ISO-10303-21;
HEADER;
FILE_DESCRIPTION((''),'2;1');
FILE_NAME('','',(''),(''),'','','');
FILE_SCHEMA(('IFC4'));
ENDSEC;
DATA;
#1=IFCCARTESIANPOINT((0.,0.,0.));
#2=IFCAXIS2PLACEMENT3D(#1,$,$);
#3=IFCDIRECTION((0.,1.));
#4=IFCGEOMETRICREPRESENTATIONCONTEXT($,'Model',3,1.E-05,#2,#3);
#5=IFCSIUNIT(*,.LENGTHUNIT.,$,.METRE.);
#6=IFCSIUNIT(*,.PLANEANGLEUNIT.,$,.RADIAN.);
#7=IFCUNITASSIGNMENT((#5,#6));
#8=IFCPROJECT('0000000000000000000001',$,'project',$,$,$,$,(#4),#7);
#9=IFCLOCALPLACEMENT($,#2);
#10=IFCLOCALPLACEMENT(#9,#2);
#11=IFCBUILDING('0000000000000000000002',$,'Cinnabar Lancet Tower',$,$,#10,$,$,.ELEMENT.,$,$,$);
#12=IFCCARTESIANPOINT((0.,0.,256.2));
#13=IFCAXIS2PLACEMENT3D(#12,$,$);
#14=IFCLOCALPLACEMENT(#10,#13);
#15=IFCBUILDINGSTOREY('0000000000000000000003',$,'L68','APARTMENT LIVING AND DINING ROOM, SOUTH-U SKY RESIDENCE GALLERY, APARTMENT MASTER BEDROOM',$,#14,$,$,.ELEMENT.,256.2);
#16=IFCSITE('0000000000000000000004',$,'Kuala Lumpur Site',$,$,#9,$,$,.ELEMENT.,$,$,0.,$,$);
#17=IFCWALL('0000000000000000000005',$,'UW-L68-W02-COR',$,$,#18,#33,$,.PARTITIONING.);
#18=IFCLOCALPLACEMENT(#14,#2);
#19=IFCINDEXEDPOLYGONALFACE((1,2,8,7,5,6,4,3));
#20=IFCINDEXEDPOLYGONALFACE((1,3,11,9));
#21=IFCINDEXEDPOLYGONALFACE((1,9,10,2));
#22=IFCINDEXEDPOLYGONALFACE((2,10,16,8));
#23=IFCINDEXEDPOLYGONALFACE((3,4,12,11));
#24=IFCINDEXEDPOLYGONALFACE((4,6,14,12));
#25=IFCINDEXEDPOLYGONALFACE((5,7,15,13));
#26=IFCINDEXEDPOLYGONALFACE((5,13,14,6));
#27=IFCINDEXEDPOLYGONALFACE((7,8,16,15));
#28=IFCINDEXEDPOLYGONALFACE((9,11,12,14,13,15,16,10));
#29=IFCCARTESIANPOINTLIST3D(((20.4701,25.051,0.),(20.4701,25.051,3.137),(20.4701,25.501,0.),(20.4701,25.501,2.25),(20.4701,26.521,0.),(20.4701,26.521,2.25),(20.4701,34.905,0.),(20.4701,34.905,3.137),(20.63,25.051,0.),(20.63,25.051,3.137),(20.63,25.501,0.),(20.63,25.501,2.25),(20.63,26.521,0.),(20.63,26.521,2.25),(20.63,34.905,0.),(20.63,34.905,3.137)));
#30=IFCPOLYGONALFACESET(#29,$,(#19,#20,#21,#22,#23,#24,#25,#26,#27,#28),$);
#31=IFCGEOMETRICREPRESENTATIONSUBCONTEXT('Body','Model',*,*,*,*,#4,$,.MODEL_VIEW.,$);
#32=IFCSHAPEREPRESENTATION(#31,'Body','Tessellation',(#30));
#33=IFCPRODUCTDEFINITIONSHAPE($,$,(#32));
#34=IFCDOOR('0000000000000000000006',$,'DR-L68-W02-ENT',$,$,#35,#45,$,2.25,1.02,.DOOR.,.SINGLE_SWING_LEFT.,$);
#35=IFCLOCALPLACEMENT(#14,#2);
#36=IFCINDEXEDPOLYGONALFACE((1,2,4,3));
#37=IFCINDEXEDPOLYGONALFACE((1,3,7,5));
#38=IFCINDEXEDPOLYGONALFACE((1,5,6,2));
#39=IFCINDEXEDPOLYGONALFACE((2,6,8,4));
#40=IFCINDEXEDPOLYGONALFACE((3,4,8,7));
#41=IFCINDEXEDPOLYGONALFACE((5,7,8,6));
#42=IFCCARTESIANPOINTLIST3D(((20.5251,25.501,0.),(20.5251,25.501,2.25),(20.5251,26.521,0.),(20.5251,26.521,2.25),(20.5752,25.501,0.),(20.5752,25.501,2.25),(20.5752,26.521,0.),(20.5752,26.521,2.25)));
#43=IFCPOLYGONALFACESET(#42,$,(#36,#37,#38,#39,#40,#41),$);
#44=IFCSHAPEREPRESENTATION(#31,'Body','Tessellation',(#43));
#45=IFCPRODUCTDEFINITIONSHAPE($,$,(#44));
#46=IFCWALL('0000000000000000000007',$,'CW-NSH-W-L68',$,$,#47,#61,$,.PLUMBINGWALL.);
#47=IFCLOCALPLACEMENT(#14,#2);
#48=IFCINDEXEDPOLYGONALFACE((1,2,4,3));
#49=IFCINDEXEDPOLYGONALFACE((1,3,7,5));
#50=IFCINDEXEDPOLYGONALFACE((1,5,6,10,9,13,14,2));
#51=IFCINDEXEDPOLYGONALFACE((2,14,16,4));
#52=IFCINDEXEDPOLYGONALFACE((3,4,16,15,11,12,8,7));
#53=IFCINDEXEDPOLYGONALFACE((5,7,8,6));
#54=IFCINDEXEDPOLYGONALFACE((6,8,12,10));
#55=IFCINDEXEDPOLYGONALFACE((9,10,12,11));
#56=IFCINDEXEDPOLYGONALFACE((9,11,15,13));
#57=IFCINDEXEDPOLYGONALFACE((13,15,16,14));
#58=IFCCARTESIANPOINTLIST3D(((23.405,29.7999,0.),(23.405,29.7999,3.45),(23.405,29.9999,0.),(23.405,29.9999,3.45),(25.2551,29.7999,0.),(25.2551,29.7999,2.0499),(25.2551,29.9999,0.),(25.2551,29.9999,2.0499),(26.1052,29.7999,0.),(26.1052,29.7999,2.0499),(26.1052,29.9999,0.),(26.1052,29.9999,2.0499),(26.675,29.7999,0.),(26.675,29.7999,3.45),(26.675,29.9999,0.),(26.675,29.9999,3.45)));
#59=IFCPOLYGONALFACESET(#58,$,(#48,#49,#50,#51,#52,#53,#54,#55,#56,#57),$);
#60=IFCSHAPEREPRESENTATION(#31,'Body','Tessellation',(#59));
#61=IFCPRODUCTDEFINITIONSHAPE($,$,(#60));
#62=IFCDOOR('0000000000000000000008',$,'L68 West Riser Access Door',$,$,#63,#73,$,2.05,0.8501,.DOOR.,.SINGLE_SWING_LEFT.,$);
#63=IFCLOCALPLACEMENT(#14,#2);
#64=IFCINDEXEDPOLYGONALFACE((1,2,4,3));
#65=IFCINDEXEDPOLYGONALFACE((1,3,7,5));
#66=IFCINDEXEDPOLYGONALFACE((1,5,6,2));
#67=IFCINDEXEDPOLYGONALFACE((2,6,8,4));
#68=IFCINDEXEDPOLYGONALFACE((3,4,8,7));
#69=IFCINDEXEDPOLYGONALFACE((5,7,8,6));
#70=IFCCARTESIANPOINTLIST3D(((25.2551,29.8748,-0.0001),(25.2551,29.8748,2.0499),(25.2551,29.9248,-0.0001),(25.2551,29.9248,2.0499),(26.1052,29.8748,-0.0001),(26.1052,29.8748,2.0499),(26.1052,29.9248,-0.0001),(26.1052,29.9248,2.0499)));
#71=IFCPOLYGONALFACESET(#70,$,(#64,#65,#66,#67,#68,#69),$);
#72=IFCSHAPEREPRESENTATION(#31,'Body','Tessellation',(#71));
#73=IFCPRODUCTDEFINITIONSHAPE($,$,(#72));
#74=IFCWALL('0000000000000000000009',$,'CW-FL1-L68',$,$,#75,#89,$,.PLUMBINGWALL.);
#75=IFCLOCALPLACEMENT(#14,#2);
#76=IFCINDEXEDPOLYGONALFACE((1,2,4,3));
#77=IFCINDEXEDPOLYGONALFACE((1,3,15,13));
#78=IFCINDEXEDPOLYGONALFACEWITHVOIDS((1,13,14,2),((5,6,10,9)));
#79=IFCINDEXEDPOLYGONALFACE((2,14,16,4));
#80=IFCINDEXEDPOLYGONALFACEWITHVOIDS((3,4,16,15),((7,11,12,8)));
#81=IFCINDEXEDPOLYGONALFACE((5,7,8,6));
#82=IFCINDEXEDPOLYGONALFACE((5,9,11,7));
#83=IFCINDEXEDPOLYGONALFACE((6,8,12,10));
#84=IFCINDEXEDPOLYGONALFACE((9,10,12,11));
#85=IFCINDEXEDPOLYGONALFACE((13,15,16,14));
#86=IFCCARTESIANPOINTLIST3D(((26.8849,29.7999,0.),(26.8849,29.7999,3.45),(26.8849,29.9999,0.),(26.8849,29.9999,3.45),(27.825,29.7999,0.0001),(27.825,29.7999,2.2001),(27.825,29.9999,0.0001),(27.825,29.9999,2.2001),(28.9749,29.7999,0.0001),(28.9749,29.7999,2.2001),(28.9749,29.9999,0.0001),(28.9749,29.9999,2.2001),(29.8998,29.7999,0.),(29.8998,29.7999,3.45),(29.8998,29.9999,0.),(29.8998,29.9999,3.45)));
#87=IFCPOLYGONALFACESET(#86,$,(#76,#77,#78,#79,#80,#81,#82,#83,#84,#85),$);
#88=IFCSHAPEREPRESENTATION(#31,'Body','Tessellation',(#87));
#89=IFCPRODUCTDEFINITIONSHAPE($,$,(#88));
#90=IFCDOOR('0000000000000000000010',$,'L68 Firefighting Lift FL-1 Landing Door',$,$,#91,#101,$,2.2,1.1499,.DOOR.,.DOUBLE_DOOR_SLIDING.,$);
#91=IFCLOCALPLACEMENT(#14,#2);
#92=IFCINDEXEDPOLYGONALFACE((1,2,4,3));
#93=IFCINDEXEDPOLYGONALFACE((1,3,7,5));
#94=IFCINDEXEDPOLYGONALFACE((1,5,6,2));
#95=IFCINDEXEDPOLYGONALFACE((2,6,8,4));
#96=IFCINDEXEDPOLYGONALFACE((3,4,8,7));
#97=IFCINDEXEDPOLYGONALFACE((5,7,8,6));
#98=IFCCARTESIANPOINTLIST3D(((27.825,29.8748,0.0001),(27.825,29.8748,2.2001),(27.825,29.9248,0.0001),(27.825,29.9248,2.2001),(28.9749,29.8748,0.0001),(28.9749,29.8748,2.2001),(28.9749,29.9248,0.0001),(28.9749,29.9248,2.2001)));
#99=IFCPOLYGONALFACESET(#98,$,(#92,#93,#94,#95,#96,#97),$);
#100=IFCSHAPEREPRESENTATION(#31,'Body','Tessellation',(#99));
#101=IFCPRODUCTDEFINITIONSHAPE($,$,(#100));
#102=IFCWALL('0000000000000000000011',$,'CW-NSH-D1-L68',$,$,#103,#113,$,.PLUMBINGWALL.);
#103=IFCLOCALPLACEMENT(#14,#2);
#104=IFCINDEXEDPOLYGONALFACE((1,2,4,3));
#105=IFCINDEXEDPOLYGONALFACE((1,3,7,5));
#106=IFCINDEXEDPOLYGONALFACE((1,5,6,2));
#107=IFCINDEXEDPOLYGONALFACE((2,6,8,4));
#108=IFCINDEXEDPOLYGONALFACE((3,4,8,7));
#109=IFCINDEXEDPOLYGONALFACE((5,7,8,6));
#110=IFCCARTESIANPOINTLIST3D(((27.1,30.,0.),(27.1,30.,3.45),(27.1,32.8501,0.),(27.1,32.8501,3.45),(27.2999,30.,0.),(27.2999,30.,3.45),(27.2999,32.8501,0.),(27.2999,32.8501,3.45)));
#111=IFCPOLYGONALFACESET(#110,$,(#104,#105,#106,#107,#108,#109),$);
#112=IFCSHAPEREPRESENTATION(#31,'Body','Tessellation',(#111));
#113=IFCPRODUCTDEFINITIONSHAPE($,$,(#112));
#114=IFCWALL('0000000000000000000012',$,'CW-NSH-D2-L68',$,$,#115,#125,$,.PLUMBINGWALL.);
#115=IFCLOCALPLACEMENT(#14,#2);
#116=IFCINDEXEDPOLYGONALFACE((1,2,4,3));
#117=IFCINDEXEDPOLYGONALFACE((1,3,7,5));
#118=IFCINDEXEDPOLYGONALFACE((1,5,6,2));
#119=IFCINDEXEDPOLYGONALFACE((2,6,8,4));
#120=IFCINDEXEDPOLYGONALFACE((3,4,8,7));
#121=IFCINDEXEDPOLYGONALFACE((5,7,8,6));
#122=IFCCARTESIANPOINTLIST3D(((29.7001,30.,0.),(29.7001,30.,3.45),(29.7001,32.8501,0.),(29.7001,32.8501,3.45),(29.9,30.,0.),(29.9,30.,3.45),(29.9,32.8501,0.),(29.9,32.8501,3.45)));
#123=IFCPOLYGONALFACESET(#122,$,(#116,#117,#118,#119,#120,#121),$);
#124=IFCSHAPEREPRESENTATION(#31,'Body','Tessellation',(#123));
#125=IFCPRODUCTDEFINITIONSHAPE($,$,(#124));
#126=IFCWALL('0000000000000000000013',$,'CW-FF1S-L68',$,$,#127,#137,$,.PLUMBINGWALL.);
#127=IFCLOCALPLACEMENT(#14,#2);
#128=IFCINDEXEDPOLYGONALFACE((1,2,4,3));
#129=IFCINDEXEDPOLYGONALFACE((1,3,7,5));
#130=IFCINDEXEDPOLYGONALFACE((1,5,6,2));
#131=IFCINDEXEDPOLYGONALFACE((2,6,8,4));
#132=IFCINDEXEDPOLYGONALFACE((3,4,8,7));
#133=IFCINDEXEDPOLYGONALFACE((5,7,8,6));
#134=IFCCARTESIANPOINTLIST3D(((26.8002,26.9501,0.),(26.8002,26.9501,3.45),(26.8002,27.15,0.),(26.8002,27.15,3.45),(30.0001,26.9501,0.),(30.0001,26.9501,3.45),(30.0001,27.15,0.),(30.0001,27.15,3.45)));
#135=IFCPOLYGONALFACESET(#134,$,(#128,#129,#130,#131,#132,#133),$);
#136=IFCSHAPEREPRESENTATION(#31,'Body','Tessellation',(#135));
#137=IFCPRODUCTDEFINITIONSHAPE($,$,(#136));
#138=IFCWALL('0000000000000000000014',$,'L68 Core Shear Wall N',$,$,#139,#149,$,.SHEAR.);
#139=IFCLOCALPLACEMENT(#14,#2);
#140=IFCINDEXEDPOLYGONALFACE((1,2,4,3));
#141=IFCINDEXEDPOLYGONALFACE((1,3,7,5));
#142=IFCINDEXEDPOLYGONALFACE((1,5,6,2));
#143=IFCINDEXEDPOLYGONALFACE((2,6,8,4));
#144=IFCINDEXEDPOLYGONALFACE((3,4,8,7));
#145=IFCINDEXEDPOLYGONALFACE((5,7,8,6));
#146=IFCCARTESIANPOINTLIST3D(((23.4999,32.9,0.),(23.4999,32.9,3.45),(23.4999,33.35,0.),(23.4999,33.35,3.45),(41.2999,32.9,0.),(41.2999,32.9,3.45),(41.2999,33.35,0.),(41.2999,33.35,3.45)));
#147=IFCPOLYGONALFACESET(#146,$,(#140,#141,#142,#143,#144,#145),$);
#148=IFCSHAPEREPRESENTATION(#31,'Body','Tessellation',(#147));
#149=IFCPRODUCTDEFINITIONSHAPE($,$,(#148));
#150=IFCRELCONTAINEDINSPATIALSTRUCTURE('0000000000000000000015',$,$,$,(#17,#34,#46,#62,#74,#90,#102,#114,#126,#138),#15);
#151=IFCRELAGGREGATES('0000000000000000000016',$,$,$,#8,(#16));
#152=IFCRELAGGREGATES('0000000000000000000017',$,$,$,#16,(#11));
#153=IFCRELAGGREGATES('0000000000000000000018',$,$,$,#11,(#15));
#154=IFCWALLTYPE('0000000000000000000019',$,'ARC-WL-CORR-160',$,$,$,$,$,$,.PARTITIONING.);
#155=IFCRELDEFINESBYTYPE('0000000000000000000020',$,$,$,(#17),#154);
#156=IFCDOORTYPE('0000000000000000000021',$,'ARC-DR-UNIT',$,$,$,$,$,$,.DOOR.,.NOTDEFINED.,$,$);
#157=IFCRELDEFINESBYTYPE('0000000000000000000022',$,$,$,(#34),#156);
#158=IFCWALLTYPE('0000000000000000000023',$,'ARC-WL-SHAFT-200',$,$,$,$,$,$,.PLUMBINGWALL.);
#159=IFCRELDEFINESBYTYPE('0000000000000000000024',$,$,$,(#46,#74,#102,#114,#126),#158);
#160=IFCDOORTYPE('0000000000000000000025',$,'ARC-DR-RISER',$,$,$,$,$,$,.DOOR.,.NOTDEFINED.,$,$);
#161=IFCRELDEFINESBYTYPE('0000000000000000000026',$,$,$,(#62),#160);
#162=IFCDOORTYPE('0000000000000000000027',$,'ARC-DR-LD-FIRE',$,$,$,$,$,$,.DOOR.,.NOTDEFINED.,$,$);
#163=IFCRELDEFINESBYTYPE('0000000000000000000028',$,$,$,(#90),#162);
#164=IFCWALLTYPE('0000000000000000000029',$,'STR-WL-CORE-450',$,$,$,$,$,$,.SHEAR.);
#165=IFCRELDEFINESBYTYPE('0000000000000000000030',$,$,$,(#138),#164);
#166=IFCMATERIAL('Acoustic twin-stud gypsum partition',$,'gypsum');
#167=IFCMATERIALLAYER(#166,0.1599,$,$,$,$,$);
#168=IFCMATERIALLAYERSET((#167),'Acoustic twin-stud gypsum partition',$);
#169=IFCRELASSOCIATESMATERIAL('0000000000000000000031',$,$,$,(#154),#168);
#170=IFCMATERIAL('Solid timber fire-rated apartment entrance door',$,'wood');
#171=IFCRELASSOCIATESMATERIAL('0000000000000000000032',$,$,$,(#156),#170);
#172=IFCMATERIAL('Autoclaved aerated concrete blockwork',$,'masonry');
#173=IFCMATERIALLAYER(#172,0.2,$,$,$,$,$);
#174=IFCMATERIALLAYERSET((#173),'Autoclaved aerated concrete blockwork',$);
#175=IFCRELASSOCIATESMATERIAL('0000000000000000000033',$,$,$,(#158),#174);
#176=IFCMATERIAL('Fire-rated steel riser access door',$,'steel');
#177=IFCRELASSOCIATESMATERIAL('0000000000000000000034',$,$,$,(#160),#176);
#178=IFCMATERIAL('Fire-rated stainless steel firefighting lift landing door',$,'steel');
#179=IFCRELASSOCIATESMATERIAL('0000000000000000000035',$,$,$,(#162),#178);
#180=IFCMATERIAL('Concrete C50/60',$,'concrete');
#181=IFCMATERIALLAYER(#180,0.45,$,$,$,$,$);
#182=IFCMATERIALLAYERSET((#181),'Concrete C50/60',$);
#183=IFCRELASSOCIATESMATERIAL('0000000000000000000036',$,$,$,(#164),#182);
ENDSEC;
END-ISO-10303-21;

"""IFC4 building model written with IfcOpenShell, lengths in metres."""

from ifc_helpers import new_model, si_unit, direction, frame, frame_2d, origin, place, context, subcontext, project, spatial, rectangle, extrude, material, layer, layer_set, type_object, element, fill, save


model = new_model("IFC4")

# Units and contexts
model_context = context("Model", 3, precision=1e-05, world=origin(), true_north=direction((0.0, 1.0)))
body_context = subcontext(model_context, "Body", "Model", "MODEL_VIEW")
ifc_project = project(units=[si_unit("LENGTHUNIT", "METRE"), si_unit("PLANEANGLEUNIT", "RADIAN")], contexts=[model_context])

# Site, building, storey
site_placement = place(None, origin())
site = spatial("IfcSite", under=ifc_project, at=site_placement, Name="Kuala Lumpur Site", CompositionType="ELEMENT", RefElevation=0.0)
building_placement = place(site_placement, origin())
building = spatial("IfcBuilding", under=site, at=building_placement, Name="Cinnabar Lancet Tower", CompositionType="ELEMENT")
storey_placement = place(building_placement, frame((0.0, 0.0, 256.2)))
storey = spatial("IfcBuildingStorey", under=building, at=storey_placement, Name="L68", Description="APARTMENT LIVING AND DINING ROOM, SOUTH-U SKY RESIDENCE GALLERY, APARTMENT MASTER BEDROOM", CompositionType="ELEMENT", Elevation=256.2)

# Shared definitions
ifc_material_1 = material(Name="Acoustic twin-stud gypsum partition", Category="gypsum")
ifc_layer_1 = layer(ifc_material_1, 0.1599)
ifc_layer_set_1 = layer_set([ifc_layer_1], Name="Acoustic twin-stud gypsum partition")
wall_type_1 = type_object("IfcWallType", Name="ARC-WL-CORR-160", PredefinedType="PARTITIONING", material=ifc_layer_set_1)

# Walls, openings, doors
wall_1_placement = place(storey_placement, frame((20.55, 25.051, 0.0), z_axis=(0.0, 0.0, 1.0), x_axis=(0.0, 1.0, 0.0)))
wall_1 = element("IfcWall", 1, at=wall_1_placement, inside=storey, type_object=wall_type_1, Name="UW-L68-W02-COR", PredefinedType="PARTITIONING", context=body_context, shape_type="SweptSolid", body=[
    extrude(rectangle(XDim=9.854, YDim=0.1599, at=frame_2d((4.927, 0.0))), origin(), (0.0, 0.0, 1.0), 3.137),
])
opening_1_placement = place(wall_1_placement, frame((0.45, 0.0, 0.0)))
opening_1 = element("IfcOpeningElement", 2, at=opening_1_placement, cuts=wall_1, PredefinedType="OPENING", context=body_context, shape_type="SweptSolid", body=[
    extrude(rectangle(XDim=1.02, YDim=2.25, at=frame_2d((0.51, 1.125))), frame((0.0, 0.0898, 0.0), z_axis=(0.0, -1.0, 0.0), x_axis=(1.0, 0.0, 0.0)), (0.0, 0.0, 1.0), 0.1799),
])
ifc_material_2 = material(Name="Solid timber fire-rated apartment entrance door", Category="wood")
door_type_1 = type_object("IfcDoorType", Name="ARC-DR-UNIT", OperationType="NOTDEFINED", PredefinedType="DOOR", material=ifc_material_2)
door_1_placement = place(opening_1_placement, origin())
door_1 = element("IfcDoor", 3, at=door_1_placement, inside=storey, type_object=door_type_1, Name="DR-L68-W02-ENT", OperationType="SINGLE_SWING_LEFT", OverallHeight=2.25, OverallWidth=1.02, PredefinedType="DOOR", context=body_context, shape_type="SweptSolid", body=[
    extrude(rectangle(XDim=1.02, YDim=2.25, at=frame_2d((0.51, 1.125))), frame((0.0, 0.0249, 0.0), z_axis=(0.0, -1.0, 0.0), x_axis=(1.0, 0.0, 0.0)), (0.0, 0.0, 1.0), 0.05),
])
fill(opening_1, door_1)
ifc_material_3 = material(Name="Autoclaved aerated concrete blockwork", Category="masonry")
ifc_layer_2 = layer(ifc_material_3, 0.2)
ifc_layer_set_2 = layer_set([ifc_layer_2], Name="Autoclaved aerated concrete blockwork")
wall_type_2 = type_object("IfcWallType", Name="ARC-WL-SHAFT-200", PredefinedType="PLUMBINGWALL", material=ifc_layer_set_2)
wall_2_placement = place(storey_placement, frame((23.405, 29.8999, 0.0), z_axis=(0.0, 0.0, 1.0), x_axis=(1.0, 0.0, 0.0)))
wall_2 = element("IfcWall", 4, at=wall_2_placement, inside=storey, type_object=wall_type_2, Name="CW-NSH-W-L68", PredefinedType="PLUMBINGWALL", context=body_context, shape_type="SweptSolid", body=[
    extrude(rectangle(XDim=3.27, YDim=0.2, at=frame_2d((1.635, 0.0))), origin(), (0.0, 0.0, 1.0), 3.45),
])
opening_2_placement = place(wall_2_placement, frame((1.8501, 0.0, 0.0)))
opening_2 = element("IfcOpeningElement", 5, at=opening_2_placement, cuts=wall_2, PredefinedType="OPENING", context=body_context, shape_type="SweptSolid", body=[
    extrude(rectangle(XDim=0.8501, YDim=2.05, at=frame_2d((0.425, 1.0249))), frame((0.0, 0.1099, 0.0), z_axis=(0.0, -1.0, 0.0), x_axis=(1.0, 0.0, 0.0)), (0.0, 0.0, 1.0), 0.22),
])
ifc_material_4 = material(Name="Fire-rated steel riser access door", Category="steel")
door_type_2 = type_object("IfcDoorType", Name="ARC-DR-RISER", OperationType="NOTDEFINED", PredefinedType="DOOR", material=ifc_material_4)
door_2_placement = place(opening_2_placement, origin())
door_2 = element("IfcDoor", 6, at=door_2_placement, inside=storey, type_object=door_type_2, Name="L68 West Riser Access Door", OperationType="SINGLE_SWING_LEFT", OverallHeight=2.05, OverallWidth=0.8501, PredefinedType="DOOR", context=body_context, shape_type="SweptSolid", body=[
    extrude(rectangle(XDim=0.8501, YDim=2.05, at=frame_2d((0.425, 1.0249))), frame((0.0, 0.0249, 0.0), z_axis=(0.0, -1.0, 0.0), x_axis=(1.0, 0.0, 0.0)), (0.0, 0.0, 1.0), 0.05),
])
fill(opening_2, door_2)
wall_3_placement = place(storey_placement, frame((26.885, 29.8999, 0.0), z_axis=(0.0, 0.0, 1.0), x_axis=(1.0, 0.0, 0.0)))
wall_3 = element("IfcWall", 7, at=wall_3_placement, inside=storey, type_object=wall_type_2, Name="CW-FL1-L68", PredefinedType="PLUMBINGWALL", context=body_context, shape_type="SweptSolid", body=[
    extrude(rectangle(XDim=3.0149, YDim=0.2, at=frame_2d((1.5073, 0.0))), origin(), (0.0, 0.0, 1.0), 3.45),
])
opening_3_placement = place(wall_3_placement, frame((0.9399, 0.0, 0.0)))
opening_3 = element("IfcOpeningElement", 8, at=opening_3_placement, cuts=wall_3, PredefinedType="OPENING", context=body_context, shape_type="SweptSolid", body=[
    extrude(rectangle(XDim=1.1499, YDim=2.2, at=frame_2d((0.575, 1.1001))), frame((0.0, 0.1099, 0.0), z_axis=(0.0, -1.0, 0.0), x_axis=(1.0, 0.0, 0.0)), (0.0, 0.0, 1.0), 0.22),
])
ifc_material_5 = material(Name="Fire-rated stainless steel firefighting lift landing door", Category="steel")
door_type_3 = type_object("IfcDoorType", Name="ARC-DR-LD-FIRE", OperationType="NOTDEFINED", PredefinedType="DOOR", material=ifc_material_5)
door_3_placement = place(opening_3_placement, origin())
door_3 = element("IfcDoor", 9, at=door_3_placement, inside=storey, type_object=door_type_3, Name="L68 Firefighting Lift FL-1 Landing Door", OperationType="DOUBLE_DOOR_SLIDING", OverallHeight=2.2, OverallWidth=1.1499, PredefinedType="DOOR", context=body_context, shape_type="SweptSolid", body=[
    extrude(rectangle(XDim=1.1499, YDim=2.2, at=frame_2d((0.575, 1.1001))), frame((0.0, 0.0249, 0.0), z_axis=(0.0, -1.0, 0.0), x_axis=(1.0, 0.0, 0.0)), (0.0, 0.0, 1.0), 0.05),
])
fill(opening_3, door_3)

# Walls
for number, where, z_axis, x_axis, name in (
    (10, (27.2, 30.0, 0.0), (0.0, 0.0, 1.0), (0.0, 1.0, 0.0), "CW-NSH-D1-L68"),
    (11, (29.8, 30.0, 0.0), (0.0, 0.0, 1.0), (0.0, 1.0, 0.0), "CW-NSH-D2-L68"),
):
    element("IfcWall", number, at=place(storey_placement, frame(where, z_axis=z_axis, x_axis=x_axis)), inside=storey, type_object=wall_type_2, Name=name, PredefinedType="PLUMBINGWALL", context=body_context, shape_type="SweptSolid", body=[
        extrude(rectangle(XDim=2.8501, YDim=0.2, at=frame_2d((1.425, 0.0))), origin(), (0.0, 0.0, 1.0), 3.45),
    ])
wall_4_placement = place(storey_placement, frame((26.8, 27.05, 0.0), z_axis=(0.0, 0.0, 1.0), x_axis=(1.0, 0.0, 0.0)))
element("IfcWall", 12, at=wall_4_placement, inside=storey, type_object=wall_type_2, Name="CW-FF1S-L68", PredefinedType="PLUMBINGWALL", context=body_context, shape_type="SweptSolid", body=[
    extrude(rectangle(XDim=3.2, YDim=0.2, at=frame_2d((1.6001, 0.0))), origin(), (0.0, 0.0, 1.0), 3.45),
])
ifc_material_6 = material(Name="Concrete C50/60", Category="concrete")
ifc_layer_3 = layer(ifc_material_6, 0.45)
ifc_layer_set_3 = layer_set([ifc_layer_3], Name="Concrete C50/60")
wall_type_3 = type_object("IfcWallType", Name="STR-WL-CORE-450", PredefinedType="SHEAR", material=ifc_layer_set_3)
wall_5_placement = place(storey_placement, frame((23.5, 33.125, 0.0), z_axis=(0.0, 0.0, 1.0), x_axis=(1.0, 0.0, 0.0)))
element("IfcWall", 13, at=wall_5_placement, inside=storey, type_object=wall_type_3, Name="L68 Core Shear Wall N", PredefinedType="SHEAR", context=body_context, shape_type="SweptSolid", body=[
    extrude(rectangle(XDim=17.8, YDim=0.45, at=frame_2d((8.8999, 0.0))), origin(), (0.0, 0.0, 1.0), 3.45),
])

save(model, "model.ifc")
